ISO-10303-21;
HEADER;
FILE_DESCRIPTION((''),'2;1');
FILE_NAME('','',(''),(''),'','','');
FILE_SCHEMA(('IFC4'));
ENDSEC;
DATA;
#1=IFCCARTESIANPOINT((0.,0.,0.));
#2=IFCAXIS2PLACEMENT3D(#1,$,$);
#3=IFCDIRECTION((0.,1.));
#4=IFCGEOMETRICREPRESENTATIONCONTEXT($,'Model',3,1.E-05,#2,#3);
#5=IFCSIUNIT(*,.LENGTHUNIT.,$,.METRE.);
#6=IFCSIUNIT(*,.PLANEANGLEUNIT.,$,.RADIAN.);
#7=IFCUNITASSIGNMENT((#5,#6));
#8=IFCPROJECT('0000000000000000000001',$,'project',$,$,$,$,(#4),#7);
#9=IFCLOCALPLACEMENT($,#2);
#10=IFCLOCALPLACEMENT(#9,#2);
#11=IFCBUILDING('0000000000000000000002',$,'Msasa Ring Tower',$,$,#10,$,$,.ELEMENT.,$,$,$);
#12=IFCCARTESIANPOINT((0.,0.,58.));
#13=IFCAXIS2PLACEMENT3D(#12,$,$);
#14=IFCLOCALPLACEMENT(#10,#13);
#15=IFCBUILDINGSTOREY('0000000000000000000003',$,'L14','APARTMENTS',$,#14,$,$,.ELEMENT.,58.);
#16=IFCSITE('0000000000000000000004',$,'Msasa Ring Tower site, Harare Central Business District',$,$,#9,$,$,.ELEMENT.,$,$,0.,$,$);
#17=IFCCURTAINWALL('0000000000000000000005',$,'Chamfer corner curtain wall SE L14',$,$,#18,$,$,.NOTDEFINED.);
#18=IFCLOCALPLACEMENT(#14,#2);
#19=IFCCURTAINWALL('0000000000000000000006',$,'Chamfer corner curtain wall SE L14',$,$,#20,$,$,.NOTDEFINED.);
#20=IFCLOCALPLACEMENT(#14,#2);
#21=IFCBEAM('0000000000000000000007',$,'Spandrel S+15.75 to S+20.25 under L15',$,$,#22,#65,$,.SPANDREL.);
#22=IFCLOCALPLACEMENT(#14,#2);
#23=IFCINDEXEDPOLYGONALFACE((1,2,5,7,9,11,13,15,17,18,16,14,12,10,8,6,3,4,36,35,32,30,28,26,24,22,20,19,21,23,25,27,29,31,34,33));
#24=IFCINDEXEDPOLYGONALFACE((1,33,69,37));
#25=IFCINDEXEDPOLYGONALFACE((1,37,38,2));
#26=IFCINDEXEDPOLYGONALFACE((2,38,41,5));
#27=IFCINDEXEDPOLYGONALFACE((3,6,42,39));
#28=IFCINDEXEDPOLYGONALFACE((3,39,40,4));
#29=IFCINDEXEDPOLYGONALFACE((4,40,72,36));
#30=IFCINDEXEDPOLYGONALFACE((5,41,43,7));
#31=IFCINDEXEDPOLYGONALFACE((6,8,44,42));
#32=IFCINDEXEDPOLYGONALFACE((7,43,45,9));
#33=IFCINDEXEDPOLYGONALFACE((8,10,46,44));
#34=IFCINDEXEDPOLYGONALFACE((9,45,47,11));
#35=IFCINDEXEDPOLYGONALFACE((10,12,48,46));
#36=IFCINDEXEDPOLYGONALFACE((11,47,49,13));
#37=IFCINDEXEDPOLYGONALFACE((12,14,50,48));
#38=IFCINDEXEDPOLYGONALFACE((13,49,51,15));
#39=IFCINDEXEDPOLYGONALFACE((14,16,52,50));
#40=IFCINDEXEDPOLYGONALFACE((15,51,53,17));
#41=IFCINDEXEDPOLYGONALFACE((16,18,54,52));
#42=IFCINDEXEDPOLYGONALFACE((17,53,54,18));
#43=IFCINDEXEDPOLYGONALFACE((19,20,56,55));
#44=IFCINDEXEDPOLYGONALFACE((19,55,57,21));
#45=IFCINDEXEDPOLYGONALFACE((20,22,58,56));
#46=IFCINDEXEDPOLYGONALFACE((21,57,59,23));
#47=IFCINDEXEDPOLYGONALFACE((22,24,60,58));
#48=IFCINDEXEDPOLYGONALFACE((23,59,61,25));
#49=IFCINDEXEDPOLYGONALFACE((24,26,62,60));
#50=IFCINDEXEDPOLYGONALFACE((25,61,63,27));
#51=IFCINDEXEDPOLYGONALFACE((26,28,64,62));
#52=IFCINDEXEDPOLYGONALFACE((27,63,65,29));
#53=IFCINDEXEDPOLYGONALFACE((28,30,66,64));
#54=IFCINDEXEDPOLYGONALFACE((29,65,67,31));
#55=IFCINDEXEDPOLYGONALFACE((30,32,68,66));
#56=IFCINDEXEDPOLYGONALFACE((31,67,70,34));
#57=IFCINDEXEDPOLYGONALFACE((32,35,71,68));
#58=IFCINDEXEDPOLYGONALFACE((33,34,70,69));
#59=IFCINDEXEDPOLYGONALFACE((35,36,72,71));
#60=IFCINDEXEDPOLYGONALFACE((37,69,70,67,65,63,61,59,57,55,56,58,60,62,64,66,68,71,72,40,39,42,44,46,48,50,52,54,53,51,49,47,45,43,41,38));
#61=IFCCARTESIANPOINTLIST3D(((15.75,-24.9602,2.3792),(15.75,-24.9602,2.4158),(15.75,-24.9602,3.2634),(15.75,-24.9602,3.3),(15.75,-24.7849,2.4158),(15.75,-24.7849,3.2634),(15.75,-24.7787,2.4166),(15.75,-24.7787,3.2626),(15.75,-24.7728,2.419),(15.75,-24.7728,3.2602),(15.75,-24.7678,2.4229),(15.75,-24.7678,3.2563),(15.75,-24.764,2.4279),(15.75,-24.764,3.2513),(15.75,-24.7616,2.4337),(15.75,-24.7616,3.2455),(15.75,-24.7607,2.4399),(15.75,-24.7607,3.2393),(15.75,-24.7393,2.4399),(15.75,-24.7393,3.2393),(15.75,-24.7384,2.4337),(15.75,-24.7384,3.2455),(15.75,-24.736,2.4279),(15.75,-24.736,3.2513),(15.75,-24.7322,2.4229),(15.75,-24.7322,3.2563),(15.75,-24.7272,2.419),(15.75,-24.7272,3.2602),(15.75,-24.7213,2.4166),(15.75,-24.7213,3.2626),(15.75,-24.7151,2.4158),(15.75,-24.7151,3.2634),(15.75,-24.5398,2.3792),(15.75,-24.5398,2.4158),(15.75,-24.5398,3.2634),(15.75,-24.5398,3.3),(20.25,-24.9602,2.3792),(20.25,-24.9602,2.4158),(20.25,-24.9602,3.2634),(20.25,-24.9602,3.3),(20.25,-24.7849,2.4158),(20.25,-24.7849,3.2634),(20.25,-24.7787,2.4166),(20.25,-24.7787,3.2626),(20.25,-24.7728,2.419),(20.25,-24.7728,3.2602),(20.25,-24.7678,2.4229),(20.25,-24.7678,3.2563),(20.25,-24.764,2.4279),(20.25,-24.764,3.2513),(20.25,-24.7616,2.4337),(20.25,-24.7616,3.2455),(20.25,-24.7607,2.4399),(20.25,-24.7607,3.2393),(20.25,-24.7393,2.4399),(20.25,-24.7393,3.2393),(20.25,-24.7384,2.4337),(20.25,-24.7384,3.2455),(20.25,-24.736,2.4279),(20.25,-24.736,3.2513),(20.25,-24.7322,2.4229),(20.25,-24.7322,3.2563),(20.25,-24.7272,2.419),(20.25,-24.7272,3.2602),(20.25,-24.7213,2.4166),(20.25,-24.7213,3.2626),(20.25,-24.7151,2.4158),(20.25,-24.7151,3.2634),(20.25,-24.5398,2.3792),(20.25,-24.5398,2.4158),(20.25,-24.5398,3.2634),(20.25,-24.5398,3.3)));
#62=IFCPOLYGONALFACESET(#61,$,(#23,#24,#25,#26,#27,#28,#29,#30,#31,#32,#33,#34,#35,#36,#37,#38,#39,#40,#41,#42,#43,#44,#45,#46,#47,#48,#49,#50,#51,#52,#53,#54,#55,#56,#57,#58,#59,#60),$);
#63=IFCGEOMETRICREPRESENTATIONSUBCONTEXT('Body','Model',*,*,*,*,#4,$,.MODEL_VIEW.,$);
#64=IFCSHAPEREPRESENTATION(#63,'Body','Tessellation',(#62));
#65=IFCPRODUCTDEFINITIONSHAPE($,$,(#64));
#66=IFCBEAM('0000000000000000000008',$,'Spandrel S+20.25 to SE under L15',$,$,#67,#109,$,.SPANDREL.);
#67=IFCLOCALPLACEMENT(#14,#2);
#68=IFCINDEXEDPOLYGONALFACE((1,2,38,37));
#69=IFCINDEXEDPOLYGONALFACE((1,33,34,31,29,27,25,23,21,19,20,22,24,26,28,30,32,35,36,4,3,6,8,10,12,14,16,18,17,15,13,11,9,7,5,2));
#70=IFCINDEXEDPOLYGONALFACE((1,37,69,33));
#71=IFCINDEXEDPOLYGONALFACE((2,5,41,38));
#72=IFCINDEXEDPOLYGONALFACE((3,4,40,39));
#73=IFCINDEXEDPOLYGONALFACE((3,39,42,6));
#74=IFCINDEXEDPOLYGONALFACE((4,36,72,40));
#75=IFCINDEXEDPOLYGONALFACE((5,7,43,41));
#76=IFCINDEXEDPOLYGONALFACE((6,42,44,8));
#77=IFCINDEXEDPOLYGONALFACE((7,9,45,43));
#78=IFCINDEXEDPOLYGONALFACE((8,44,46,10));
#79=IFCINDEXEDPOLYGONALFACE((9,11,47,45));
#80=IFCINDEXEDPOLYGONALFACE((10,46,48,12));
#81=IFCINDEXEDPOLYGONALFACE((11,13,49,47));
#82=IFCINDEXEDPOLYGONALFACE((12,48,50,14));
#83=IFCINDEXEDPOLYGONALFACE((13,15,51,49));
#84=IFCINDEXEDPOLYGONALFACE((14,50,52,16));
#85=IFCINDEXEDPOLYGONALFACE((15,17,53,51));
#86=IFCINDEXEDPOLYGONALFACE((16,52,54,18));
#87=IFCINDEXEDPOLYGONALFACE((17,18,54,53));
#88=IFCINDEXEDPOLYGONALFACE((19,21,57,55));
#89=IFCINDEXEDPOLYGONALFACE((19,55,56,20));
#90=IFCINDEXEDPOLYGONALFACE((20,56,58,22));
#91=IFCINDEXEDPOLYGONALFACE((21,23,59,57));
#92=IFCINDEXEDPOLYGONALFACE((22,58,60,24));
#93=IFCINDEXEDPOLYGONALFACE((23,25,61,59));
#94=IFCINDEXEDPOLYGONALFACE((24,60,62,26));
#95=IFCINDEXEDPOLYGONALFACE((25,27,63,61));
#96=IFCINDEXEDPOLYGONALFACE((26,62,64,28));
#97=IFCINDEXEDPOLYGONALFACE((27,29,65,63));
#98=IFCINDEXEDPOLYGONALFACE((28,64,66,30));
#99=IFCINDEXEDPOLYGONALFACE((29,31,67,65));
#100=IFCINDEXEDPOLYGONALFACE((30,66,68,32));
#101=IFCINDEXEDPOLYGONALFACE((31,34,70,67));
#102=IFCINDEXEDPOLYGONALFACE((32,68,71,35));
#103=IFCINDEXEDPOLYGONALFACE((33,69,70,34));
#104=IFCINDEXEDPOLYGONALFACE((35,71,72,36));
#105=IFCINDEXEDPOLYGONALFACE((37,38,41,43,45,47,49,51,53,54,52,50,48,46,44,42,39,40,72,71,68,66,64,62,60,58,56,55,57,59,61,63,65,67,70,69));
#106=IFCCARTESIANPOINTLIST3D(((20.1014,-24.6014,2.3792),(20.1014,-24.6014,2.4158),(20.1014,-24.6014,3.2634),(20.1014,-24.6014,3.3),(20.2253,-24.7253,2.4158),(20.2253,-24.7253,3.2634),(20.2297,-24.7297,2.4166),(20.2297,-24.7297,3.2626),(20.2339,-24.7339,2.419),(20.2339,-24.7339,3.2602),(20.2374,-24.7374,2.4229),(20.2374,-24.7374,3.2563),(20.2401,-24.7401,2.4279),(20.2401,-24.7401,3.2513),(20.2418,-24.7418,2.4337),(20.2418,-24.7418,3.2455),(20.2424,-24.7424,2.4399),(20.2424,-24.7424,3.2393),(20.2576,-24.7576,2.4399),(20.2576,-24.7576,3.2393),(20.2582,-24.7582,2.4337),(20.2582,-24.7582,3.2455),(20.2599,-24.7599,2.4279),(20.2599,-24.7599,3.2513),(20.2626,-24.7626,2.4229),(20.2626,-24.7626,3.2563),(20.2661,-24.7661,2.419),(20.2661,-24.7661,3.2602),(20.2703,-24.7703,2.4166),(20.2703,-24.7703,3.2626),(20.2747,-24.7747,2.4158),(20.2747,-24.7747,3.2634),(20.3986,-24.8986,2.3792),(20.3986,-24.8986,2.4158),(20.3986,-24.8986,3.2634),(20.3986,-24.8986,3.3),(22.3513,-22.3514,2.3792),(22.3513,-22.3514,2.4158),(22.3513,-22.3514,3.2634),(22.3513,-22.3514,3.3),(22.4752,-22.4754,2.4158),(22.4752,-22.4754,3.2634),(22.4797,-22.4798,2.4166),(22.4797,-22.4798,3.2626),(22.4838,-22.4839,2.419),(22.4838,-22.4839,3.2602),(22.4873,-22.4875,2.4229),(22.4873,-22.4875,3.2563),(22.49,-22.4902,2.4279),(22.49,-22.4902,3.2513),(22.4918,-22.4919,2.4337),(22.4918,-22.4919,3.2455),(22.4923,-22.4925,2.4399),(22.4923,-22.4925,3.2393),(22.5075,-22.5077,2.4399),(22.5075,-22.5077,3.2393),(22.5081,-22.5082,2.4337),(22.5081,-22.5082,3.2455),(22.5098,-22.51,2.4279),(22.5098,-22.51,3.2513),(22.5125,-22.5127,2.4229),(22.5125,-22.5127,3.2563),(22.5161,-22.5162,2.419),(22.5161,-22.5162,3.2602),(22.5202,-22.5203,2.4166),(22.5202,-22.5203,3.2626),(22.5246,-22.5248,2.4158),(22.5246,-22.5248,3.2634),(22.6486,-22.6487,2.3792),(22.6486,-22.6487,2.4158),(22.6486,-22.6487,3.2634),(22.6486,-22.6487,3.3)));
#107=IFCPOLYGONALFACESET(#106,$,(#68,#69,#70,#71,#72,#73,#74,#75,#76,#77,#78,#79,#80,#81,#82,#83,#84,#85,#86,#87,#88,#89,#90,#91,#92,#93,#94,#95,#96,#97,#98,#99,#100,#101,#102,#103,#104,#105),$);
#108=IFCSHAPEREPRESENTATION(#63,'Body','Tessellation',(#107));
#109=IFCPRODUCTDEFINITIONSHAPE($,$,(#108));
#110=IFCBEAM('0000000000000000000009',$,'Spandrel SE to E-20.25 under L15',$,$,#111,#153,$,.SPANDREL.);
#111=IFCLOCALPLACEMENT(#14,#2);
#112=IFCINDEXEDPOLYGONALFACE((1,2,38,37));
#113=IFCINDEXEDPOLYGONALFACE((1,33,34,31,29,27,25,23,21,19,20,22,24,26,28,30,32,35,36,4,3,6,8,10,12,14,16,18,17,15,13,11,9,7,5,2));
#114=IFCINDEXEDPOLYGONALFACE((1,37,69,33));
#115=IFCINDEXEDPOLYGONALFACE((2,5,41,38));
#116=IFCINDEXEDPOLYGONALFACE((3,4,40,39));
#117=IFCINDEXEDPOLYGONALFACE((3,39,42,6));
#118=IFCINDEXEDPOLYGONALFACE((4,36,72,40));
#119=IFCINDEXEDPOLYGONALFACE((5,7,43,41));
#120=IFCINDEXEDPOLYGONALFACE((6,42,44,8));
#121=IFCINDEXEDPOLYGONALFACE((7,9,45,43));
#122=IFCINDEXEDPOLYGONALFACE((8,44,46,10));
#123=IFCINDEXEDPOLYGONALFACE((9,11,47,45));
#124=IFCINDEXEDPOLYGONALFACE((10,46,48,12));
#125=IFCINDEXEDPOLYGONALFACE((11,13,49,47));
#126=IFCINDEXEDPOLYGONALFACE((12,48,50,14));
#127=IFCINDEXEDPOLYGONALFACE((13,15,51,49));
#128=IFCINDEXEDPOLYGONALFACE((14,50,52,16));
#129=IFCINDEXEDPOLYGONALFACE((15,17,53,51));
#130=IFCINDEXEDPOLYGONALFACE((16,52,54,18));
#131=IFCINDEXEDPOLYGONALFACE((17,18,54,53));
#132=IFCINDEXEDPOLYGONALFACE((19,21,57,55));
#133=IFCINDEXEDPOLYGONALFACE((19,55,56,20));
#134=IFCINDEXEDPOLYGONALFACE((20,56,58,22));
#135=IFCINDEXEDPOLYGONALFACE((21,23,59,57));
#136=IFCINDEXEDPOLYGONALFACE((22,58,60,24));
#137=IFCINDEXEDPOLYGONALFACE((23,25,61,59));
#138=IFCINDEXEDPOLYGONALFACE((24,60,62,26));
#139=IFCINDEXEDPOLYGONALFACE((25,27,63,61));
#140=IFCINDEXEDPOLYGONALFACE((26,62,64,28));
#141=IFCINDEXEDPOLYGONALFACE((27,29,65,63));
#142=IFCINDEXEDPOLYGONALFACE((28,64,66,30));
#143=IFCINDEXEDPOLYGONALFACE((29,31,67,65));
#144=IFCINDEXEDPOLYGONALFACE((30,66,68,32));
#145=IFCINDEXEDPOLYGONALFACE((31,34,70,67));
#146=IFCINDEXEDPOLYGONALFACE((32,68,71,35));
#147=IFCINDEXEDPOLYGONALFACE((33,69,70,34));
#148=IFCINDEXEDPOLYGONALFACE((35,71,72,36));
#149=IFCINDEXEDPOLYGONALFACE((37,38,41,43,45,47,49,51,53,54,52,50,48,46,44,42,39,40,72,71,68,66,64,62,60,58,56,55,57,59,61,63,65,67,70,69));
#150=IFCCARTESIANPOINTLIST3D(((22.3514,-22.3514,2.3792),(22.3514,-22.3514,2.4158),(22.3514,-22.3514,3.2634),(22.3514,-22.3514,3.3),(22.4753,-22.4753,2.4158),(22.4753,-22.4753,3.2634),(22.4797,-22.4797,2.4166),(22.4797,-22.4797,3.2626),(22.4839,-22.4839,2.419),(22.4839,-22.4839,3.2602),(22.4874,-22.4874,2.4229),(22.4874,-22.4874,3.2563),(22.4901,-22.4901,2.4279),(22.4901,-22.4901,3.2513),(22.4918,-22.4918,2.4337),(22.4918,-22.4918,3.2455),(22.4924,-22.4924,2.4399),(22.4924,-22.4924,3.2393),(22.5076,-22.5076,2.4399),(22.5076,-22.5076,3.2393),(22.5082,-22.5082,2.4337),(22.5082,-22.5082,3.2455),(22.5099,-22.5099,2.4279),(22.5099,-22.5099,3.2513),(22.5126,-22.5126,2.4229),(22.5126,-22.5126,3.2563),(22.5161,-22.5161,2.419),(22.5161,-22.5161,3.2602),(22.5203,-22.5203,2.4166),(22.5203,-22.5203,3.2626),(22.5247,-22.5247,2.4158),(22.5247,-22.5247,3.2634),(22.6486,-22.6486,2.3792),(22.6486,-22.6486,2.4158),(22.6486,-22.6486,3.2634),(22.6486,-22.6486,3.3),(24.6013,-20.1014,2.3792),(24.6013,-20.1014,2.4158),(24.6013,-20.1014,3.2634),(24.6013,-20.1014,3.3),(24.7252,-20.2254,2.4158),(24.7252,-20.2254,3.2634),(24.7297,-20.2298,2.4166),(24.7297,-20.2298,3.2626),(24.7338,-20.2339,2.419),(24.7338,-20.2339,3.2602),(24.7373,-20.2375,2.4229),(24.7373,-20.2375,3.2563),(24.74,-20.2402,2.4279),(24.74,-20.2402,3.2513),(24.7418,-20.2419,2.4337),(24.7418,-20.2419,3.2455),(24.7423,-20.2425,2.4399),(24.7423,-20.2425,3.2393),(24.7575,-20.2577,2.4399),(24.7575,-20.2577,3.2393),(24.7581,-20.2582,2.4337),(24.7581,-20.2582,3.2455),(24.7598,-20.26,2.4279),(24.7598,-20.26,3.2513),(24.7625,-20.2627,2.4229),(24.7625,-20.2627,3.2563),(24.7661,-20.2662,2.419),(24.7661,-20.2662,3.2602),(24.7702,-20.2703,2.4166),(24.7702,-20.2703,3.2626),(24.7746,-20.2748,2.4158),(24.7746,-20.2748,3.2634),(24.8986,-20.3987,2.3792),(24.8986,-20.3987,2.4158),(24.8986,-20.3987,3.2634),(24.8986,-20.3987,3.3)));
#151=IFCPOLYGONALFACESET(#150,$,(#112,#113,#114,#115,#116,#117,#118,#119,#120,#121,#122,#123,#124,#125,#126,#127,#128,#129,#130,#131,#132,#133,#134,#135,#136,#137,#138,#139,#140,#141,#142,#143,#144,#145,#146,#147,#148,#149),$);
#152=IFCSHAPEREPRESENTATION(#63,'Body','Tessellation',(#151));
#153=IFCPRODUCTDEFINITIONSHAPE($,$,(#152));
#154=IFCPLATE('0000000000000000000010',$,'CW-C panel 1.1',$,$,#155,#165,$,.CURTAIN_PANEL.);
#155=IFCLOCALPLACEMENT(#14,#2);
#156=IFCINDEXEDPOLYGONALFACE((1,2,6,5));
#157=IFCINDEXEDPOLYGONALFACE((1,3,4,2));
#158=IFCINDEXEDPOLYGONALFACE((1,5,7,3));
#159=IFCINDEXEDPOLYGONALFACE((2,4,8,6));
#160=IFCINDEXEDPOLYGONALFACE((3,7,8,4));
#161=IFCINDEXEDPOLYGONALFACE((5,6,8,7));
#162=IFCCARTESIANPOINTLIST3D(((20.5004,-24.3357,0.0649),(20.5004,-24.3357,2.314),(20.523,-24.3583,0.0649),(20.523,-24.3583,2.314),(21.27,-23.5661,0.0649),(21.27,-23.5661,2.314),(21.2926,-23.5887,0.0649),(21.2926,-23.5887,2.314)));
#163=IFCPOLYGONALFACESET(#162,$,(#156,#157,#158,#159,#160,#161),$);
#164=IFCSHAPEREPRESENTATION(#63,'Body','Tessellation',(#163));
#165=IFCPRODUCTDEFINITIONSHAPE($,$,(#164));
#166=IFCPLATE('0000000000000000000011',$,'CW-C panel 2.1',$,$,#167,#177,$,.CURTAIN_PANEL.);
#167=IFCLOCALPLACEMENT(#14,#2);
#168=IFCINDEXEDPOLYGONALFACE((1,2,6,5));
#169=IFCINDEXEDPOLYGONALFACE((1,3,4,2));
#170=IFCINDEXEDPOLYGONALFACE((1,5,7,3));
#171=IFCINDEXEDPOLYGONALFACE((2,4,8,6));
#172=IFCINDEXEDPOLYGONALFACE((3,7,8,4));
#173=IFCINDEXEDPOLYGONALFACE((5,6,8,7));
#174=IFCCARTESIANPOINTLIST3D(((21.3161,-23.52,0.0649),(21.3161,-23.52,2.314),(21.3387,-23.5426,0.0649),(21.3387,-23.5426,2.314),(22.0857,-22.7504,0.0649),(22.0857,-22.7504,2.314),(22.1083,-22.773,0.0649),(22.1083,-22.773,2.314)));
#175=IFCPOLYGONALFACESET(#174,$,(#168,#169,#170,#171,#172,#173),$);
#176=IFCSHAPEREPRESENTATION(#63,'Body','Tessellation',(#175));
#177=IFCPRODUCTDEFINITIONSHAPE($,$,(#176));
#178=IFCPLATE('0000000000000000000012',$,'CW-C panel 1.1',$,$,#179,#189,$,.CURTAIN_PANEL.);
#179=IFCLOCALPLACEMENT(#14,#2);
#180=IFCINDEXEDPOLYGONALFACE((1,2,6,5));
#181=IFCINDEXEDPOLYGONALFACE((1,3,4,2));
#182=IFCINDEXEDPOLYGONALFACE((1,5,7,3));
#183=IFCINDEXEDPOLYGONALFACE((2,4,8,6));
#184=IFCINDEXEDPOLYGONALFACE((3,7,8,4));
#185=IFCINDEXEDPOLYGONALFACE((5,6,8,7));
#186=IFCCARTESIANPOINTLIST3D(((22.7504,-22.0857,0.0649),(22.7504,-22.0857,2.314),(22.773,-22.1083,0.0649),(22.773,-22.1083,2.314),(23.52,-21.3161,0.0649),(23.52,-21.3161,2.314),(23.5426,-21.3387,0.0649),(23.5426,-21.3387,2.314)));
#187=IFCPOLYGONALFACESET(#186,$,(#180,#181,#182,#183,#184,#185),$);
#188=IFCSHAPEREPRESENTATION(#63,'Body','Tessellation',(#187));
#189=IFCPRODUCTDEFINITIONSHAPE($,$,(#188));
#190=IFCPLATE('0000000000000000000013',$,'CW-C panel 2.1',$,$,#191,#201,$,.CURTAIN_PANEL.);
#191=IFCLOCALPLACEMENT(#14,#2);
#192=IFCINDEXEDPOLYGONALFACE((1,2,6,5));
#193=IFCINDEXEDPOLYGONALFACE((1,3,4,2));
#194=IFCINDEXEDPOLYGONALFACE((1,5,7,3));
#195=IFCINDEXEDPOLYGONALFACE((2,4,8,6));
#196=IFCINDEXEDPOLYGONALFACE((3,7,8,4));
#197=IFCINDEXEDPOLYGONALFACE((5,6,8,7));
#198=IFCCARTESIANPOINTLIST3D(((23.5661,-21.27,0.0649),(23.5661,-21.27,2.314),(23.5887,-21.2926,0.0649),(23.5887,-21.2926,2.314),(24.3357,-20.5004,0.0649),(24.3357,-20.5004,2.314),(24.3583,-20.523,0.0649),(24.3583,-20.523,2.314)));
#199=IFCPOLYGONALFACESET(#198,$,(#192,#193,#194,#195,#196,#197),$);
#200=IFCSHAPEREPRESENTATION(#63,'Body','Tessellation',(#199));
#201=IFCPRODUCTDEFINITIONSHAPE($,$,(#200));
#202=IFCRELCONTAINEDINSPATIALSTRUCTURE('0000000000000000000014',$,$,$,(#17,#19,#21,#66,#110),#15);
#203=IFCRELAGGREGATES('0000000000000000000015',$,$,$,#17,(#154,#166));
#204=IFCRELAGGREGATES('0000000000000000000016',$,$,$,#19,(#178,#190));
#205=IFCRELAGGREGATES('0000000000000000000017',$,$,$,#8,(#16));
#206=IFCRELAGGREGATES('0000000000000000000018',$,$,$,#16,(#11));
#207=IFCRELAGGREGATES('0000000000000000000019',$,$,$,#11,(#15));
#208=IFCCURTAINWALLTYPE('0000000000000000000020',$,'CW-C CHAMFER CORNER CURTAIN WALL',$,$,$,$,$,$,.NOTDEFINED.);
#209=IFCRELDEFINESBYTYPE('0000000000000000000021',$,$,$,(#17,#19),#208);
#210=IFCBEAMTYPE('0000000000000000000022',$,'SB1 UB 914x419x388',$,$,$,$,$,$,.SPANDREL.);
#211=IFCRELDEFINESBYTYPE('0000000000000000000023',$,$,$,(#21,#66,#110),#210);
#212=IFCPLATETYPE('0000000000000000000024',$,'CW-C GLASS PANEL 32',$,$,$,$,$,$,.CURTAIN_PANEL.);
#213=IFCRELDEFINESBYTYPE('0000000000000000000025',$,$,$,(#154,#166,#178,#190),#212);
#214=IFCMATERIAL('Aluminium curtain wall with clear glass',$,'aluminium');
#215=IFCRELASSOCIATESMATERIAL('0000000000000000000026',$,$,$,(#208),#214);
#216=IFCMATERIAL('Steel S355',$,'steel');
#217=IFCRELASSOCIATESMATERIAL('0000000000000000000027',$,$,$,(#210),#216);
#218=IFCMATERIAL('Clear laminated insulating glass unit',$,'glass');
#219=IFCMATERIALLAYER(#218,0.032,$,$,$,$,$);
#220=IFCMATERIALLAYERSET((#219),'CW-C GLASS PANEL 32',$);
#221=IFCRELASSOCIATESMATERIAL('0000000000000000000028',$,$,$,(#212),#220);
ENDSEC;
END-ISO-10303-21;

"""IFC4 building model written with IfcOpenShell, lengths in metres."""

from ifc_helpers import new_model, si_unit, direction, frame, origin, origin_2d, place, context, subcontext, project, spatial, rectangle, i_section, extrude, material, layer, layer_set, material_profile, profile_set, type_object, element, aggregate, save


model = new_model("IFC4")

# Units and contexts
model_context = context("Model", 3, precision=1e-05, world=origin(), true_north=direction((0.0, 1.0)))
body_context = subcontext(model_context, "Body", "Model", "MODEL_VIEW")
ifc_project = project(units=[si_unit("LENGTHUNIT", "METRE"), si_unit("PLANEANGLEUNIT", "RADIAN")], contexts=[model_context])

# Site, building, storey
site_placement = place(None, origin())
site = spatial("IfcSite", under=ifc_project, at=site_placement, Name="Msasa Ring Tower site, Harare Central Business District", CompositionType="ELEMENT", RefElevation=0.0)
building_placement = place(site_placement, origin())
building = spatial("IfcBuilding", under=site, at=building_placement, Name="Msasa Ring Tower", CompositionType="ELEMENT")
storey_placement = place(building_placement, frame((0.0, 0.0, 58.0)))
storey = spatial("IfcBuildingStorey", under=building, at=storey_placement, Name="L14", Description="APARTMENTS", CompositionType="ELEMENT", Elevation=58.0)

# Curtain walls
ifc_material_1 = material(Name="Aluminium curtain wall with clear glass", Category="aluminium")
curtain_wall_type = type_object("IfcCurtainWallType", Name="CW-C CHAMFER CORNER CURTAIN WALL", PredefinedType="NOTDEFINED", material=ifc_material_1)
curtain_wall_1_placement = place(storey_placement, origin())
curtain_wall_1 = element("IfcCurtainWall", 1, at=curtain_wall_1_placement, inside=storey, type_object=curtain_wall_type, Name="Chamfer corner curtain wall SE L14", PredefinedType="NOTDEFINED")
curtain_wall_2_placement = place(storey_placement, origin())
curtain_wall_2 = element("IfcCurtainWall", 2, at=curtain_wall_2_placement, inside=storey, type_object=curtain_wall_type, Name="Chamfer corner curtain wall SE L14", PredefinedType="NOTDEFINED")

# Beams
ifc_material_2 = material(Name="Steel S355", Category="steel")
ifc_material_profile_1 = material_profile(ifc_material_2, i_section(OverallWidth=0.4204, OverallDepth=0.9209, WebThickness=0.0215, FlangeThickness=0.0366, FilletRadius=0.0242, at=origin_2d()), Name="UB 914x419x388")
ifc_profile_set_1 = profile_set([ifc_material_profile_1], Name="Steel S355")
beam_type_1 = type_object("IfcBeamType", Name="SB1 UB 914x419x388", PredefinedType="SPANDREL", material=ifc_profile_set_1)
beam_1_placement = place(storey_placement, frame((15.75, -24.75, 2.8396), z_axis=(1.0, 0.0, 0.0), x_axis=(0.0, 1.0, 0.0)))
element("IfcBeam", 3, at=beam_1_placement, inside=storey, type_object=beam_type_1, Name="Spandrel S+15.75 to S+20.25 under L15", PredefinedType="SPANDREL", context=body_context, shape_type="SweptSolid", body=[
    extrude(i_section(OverallWidth=0.4204, OverallDepth=0.9209, WebThickness=0.0215, FlangeThickness=0.0366, FilletRadius=0.0242, at=origin_2d()), origin(), (0.0, 0.0, 1.0), 4.5),
])
for number, where, z_axis, x_axis, name in (
    (4, (20.25, -24.75, 2.8396), (0.707107, 0.707107, 0.0), (-0.707107, 0.707107, 0.0), "Spandrel S+20.25 to SE under L15"),
    (5, (22.5, -22.5, 2.8396), (0.707107, 0.707107, 0.0), (-0.707107, 0.707107, 0.0), "Spandrel SE to E-20.25 under L15"),
):
    element("IfcBeam", number, at=place(storey_placement, frame(where, z_axis=z_axis, x_axis=x_axis)), inside=storey, type_object=beam_type_1, Name=name, PredefinedType="SPANDREL", context=body_context, shape_type="SweptSolid", body=[
        extrude(i_section(OverallWidth=0.4204, OverallDepth=0.9209, WebThickness=0.0215, FlangeThickness=0.0366, FilletRadius=0.0242, at=origin_2d()), origin(), (0.0, 0.0, 1.0), 3.1819),
    ])

# Plates
ifc_material_3 = material(Name="Clear laminated insulating glass unit", Category="glass")
ifc_layer_1 = layer(ifc_material_3, 0.032)
ifc_layer_set_1 = layer_set([ifc_layer_1], Name="CW-C GLASS PANEL 32")
plate_type = type_object("IfcPlateType", Name="CW-C GLASS PANEL 32", PredefinedType="CURTAIN_PANEL", material=ifc_layer_set_1)
plate_1_placement = place(storey_placement, frame((20.8965, -23.9622, 0.0649), z_axis=(0.0, 0.0, 1.0), x_axis=(0.707107, 0.707107, 0.0)))
plate_1 = element("IfcPlate", 6, at=plate_1_placement, type_object=plate_type, Name="CW-C panel 1.1", PredefinedType="CURTAIN_PANEL", context=body_context, shape_type="SweptSolid", body=[
    extrude(rectangle(XDim=1.0884, YDim=0.032, at=origin_2d()), origin(), (0.0, 0.0, 1.0), 2.249),
])
plate_2_placement = place(storey_placement, frame((21.7122, -23.1465, 0.0649), z_axis=(0.0, 0.0, 1.0), x_axis=(0.707107, 0.707107, 0.0)))
plate_2 = element("IfcPlate", 7, at=plate_2_placement, type_object=plate_type, Name="CW-C panel 2.1", PredefinedType="CURTAIN_PANEL", context=body_context, shape_type="SweptSolid", body=[
    extrude(rectangle(XDim=1.0884, YDim=0.032, at=origin_2d()), origin(), (0.0, 0.0, 1.0), 2.249),
])
aggregate(curtain_wall_1, [plate_1, plate_2])
plate_3_placement = place(storey_placement, frame((23.1465, -21.7122, 0.0649), z_axis=(0.0, 0.0, 1.0), x_axis=(0.707107, 0.707107, 0.0)))
plate_3 = element("IfcPlate", 8, at=plate_3_placement, type_object=plate_type, Name="CW-C panel 1.1", PredefinedType="CURTAIN_PANEL", context=body_context, shape_type="SweptSolid", body=[
    extrude(rectangle(XDim=1.0884, YDim=0.032, at=origin_2d()), origin(), (0.0, 0.0, 1.0), 2.249),
])
plate_4_placement = place(storey_placement, frame((23.9622, -20.8965, 0.0649), z_axis=(0.0, 0.0, 1.0), x_axis=(0.707107, 0.707107, 0.0)))
plate_4 = element("IfcPlate", 9, at=plate_4_placement, type_object=plate_type, Name="CW-C panel 2.1", PredefinedType="CURTAIN_PANEL", context=body_context, shape_type="SweptSolid", body=[
    extrude(rectangle(XDim=1.0884, YDim=0.032, at=origin_2d()), origin(), (0.0, 0.0, 1.0), 2.249),
])
aggregate(curtain_wall_2, [plate_3, plate_4])

save(model, "model.ifc")
